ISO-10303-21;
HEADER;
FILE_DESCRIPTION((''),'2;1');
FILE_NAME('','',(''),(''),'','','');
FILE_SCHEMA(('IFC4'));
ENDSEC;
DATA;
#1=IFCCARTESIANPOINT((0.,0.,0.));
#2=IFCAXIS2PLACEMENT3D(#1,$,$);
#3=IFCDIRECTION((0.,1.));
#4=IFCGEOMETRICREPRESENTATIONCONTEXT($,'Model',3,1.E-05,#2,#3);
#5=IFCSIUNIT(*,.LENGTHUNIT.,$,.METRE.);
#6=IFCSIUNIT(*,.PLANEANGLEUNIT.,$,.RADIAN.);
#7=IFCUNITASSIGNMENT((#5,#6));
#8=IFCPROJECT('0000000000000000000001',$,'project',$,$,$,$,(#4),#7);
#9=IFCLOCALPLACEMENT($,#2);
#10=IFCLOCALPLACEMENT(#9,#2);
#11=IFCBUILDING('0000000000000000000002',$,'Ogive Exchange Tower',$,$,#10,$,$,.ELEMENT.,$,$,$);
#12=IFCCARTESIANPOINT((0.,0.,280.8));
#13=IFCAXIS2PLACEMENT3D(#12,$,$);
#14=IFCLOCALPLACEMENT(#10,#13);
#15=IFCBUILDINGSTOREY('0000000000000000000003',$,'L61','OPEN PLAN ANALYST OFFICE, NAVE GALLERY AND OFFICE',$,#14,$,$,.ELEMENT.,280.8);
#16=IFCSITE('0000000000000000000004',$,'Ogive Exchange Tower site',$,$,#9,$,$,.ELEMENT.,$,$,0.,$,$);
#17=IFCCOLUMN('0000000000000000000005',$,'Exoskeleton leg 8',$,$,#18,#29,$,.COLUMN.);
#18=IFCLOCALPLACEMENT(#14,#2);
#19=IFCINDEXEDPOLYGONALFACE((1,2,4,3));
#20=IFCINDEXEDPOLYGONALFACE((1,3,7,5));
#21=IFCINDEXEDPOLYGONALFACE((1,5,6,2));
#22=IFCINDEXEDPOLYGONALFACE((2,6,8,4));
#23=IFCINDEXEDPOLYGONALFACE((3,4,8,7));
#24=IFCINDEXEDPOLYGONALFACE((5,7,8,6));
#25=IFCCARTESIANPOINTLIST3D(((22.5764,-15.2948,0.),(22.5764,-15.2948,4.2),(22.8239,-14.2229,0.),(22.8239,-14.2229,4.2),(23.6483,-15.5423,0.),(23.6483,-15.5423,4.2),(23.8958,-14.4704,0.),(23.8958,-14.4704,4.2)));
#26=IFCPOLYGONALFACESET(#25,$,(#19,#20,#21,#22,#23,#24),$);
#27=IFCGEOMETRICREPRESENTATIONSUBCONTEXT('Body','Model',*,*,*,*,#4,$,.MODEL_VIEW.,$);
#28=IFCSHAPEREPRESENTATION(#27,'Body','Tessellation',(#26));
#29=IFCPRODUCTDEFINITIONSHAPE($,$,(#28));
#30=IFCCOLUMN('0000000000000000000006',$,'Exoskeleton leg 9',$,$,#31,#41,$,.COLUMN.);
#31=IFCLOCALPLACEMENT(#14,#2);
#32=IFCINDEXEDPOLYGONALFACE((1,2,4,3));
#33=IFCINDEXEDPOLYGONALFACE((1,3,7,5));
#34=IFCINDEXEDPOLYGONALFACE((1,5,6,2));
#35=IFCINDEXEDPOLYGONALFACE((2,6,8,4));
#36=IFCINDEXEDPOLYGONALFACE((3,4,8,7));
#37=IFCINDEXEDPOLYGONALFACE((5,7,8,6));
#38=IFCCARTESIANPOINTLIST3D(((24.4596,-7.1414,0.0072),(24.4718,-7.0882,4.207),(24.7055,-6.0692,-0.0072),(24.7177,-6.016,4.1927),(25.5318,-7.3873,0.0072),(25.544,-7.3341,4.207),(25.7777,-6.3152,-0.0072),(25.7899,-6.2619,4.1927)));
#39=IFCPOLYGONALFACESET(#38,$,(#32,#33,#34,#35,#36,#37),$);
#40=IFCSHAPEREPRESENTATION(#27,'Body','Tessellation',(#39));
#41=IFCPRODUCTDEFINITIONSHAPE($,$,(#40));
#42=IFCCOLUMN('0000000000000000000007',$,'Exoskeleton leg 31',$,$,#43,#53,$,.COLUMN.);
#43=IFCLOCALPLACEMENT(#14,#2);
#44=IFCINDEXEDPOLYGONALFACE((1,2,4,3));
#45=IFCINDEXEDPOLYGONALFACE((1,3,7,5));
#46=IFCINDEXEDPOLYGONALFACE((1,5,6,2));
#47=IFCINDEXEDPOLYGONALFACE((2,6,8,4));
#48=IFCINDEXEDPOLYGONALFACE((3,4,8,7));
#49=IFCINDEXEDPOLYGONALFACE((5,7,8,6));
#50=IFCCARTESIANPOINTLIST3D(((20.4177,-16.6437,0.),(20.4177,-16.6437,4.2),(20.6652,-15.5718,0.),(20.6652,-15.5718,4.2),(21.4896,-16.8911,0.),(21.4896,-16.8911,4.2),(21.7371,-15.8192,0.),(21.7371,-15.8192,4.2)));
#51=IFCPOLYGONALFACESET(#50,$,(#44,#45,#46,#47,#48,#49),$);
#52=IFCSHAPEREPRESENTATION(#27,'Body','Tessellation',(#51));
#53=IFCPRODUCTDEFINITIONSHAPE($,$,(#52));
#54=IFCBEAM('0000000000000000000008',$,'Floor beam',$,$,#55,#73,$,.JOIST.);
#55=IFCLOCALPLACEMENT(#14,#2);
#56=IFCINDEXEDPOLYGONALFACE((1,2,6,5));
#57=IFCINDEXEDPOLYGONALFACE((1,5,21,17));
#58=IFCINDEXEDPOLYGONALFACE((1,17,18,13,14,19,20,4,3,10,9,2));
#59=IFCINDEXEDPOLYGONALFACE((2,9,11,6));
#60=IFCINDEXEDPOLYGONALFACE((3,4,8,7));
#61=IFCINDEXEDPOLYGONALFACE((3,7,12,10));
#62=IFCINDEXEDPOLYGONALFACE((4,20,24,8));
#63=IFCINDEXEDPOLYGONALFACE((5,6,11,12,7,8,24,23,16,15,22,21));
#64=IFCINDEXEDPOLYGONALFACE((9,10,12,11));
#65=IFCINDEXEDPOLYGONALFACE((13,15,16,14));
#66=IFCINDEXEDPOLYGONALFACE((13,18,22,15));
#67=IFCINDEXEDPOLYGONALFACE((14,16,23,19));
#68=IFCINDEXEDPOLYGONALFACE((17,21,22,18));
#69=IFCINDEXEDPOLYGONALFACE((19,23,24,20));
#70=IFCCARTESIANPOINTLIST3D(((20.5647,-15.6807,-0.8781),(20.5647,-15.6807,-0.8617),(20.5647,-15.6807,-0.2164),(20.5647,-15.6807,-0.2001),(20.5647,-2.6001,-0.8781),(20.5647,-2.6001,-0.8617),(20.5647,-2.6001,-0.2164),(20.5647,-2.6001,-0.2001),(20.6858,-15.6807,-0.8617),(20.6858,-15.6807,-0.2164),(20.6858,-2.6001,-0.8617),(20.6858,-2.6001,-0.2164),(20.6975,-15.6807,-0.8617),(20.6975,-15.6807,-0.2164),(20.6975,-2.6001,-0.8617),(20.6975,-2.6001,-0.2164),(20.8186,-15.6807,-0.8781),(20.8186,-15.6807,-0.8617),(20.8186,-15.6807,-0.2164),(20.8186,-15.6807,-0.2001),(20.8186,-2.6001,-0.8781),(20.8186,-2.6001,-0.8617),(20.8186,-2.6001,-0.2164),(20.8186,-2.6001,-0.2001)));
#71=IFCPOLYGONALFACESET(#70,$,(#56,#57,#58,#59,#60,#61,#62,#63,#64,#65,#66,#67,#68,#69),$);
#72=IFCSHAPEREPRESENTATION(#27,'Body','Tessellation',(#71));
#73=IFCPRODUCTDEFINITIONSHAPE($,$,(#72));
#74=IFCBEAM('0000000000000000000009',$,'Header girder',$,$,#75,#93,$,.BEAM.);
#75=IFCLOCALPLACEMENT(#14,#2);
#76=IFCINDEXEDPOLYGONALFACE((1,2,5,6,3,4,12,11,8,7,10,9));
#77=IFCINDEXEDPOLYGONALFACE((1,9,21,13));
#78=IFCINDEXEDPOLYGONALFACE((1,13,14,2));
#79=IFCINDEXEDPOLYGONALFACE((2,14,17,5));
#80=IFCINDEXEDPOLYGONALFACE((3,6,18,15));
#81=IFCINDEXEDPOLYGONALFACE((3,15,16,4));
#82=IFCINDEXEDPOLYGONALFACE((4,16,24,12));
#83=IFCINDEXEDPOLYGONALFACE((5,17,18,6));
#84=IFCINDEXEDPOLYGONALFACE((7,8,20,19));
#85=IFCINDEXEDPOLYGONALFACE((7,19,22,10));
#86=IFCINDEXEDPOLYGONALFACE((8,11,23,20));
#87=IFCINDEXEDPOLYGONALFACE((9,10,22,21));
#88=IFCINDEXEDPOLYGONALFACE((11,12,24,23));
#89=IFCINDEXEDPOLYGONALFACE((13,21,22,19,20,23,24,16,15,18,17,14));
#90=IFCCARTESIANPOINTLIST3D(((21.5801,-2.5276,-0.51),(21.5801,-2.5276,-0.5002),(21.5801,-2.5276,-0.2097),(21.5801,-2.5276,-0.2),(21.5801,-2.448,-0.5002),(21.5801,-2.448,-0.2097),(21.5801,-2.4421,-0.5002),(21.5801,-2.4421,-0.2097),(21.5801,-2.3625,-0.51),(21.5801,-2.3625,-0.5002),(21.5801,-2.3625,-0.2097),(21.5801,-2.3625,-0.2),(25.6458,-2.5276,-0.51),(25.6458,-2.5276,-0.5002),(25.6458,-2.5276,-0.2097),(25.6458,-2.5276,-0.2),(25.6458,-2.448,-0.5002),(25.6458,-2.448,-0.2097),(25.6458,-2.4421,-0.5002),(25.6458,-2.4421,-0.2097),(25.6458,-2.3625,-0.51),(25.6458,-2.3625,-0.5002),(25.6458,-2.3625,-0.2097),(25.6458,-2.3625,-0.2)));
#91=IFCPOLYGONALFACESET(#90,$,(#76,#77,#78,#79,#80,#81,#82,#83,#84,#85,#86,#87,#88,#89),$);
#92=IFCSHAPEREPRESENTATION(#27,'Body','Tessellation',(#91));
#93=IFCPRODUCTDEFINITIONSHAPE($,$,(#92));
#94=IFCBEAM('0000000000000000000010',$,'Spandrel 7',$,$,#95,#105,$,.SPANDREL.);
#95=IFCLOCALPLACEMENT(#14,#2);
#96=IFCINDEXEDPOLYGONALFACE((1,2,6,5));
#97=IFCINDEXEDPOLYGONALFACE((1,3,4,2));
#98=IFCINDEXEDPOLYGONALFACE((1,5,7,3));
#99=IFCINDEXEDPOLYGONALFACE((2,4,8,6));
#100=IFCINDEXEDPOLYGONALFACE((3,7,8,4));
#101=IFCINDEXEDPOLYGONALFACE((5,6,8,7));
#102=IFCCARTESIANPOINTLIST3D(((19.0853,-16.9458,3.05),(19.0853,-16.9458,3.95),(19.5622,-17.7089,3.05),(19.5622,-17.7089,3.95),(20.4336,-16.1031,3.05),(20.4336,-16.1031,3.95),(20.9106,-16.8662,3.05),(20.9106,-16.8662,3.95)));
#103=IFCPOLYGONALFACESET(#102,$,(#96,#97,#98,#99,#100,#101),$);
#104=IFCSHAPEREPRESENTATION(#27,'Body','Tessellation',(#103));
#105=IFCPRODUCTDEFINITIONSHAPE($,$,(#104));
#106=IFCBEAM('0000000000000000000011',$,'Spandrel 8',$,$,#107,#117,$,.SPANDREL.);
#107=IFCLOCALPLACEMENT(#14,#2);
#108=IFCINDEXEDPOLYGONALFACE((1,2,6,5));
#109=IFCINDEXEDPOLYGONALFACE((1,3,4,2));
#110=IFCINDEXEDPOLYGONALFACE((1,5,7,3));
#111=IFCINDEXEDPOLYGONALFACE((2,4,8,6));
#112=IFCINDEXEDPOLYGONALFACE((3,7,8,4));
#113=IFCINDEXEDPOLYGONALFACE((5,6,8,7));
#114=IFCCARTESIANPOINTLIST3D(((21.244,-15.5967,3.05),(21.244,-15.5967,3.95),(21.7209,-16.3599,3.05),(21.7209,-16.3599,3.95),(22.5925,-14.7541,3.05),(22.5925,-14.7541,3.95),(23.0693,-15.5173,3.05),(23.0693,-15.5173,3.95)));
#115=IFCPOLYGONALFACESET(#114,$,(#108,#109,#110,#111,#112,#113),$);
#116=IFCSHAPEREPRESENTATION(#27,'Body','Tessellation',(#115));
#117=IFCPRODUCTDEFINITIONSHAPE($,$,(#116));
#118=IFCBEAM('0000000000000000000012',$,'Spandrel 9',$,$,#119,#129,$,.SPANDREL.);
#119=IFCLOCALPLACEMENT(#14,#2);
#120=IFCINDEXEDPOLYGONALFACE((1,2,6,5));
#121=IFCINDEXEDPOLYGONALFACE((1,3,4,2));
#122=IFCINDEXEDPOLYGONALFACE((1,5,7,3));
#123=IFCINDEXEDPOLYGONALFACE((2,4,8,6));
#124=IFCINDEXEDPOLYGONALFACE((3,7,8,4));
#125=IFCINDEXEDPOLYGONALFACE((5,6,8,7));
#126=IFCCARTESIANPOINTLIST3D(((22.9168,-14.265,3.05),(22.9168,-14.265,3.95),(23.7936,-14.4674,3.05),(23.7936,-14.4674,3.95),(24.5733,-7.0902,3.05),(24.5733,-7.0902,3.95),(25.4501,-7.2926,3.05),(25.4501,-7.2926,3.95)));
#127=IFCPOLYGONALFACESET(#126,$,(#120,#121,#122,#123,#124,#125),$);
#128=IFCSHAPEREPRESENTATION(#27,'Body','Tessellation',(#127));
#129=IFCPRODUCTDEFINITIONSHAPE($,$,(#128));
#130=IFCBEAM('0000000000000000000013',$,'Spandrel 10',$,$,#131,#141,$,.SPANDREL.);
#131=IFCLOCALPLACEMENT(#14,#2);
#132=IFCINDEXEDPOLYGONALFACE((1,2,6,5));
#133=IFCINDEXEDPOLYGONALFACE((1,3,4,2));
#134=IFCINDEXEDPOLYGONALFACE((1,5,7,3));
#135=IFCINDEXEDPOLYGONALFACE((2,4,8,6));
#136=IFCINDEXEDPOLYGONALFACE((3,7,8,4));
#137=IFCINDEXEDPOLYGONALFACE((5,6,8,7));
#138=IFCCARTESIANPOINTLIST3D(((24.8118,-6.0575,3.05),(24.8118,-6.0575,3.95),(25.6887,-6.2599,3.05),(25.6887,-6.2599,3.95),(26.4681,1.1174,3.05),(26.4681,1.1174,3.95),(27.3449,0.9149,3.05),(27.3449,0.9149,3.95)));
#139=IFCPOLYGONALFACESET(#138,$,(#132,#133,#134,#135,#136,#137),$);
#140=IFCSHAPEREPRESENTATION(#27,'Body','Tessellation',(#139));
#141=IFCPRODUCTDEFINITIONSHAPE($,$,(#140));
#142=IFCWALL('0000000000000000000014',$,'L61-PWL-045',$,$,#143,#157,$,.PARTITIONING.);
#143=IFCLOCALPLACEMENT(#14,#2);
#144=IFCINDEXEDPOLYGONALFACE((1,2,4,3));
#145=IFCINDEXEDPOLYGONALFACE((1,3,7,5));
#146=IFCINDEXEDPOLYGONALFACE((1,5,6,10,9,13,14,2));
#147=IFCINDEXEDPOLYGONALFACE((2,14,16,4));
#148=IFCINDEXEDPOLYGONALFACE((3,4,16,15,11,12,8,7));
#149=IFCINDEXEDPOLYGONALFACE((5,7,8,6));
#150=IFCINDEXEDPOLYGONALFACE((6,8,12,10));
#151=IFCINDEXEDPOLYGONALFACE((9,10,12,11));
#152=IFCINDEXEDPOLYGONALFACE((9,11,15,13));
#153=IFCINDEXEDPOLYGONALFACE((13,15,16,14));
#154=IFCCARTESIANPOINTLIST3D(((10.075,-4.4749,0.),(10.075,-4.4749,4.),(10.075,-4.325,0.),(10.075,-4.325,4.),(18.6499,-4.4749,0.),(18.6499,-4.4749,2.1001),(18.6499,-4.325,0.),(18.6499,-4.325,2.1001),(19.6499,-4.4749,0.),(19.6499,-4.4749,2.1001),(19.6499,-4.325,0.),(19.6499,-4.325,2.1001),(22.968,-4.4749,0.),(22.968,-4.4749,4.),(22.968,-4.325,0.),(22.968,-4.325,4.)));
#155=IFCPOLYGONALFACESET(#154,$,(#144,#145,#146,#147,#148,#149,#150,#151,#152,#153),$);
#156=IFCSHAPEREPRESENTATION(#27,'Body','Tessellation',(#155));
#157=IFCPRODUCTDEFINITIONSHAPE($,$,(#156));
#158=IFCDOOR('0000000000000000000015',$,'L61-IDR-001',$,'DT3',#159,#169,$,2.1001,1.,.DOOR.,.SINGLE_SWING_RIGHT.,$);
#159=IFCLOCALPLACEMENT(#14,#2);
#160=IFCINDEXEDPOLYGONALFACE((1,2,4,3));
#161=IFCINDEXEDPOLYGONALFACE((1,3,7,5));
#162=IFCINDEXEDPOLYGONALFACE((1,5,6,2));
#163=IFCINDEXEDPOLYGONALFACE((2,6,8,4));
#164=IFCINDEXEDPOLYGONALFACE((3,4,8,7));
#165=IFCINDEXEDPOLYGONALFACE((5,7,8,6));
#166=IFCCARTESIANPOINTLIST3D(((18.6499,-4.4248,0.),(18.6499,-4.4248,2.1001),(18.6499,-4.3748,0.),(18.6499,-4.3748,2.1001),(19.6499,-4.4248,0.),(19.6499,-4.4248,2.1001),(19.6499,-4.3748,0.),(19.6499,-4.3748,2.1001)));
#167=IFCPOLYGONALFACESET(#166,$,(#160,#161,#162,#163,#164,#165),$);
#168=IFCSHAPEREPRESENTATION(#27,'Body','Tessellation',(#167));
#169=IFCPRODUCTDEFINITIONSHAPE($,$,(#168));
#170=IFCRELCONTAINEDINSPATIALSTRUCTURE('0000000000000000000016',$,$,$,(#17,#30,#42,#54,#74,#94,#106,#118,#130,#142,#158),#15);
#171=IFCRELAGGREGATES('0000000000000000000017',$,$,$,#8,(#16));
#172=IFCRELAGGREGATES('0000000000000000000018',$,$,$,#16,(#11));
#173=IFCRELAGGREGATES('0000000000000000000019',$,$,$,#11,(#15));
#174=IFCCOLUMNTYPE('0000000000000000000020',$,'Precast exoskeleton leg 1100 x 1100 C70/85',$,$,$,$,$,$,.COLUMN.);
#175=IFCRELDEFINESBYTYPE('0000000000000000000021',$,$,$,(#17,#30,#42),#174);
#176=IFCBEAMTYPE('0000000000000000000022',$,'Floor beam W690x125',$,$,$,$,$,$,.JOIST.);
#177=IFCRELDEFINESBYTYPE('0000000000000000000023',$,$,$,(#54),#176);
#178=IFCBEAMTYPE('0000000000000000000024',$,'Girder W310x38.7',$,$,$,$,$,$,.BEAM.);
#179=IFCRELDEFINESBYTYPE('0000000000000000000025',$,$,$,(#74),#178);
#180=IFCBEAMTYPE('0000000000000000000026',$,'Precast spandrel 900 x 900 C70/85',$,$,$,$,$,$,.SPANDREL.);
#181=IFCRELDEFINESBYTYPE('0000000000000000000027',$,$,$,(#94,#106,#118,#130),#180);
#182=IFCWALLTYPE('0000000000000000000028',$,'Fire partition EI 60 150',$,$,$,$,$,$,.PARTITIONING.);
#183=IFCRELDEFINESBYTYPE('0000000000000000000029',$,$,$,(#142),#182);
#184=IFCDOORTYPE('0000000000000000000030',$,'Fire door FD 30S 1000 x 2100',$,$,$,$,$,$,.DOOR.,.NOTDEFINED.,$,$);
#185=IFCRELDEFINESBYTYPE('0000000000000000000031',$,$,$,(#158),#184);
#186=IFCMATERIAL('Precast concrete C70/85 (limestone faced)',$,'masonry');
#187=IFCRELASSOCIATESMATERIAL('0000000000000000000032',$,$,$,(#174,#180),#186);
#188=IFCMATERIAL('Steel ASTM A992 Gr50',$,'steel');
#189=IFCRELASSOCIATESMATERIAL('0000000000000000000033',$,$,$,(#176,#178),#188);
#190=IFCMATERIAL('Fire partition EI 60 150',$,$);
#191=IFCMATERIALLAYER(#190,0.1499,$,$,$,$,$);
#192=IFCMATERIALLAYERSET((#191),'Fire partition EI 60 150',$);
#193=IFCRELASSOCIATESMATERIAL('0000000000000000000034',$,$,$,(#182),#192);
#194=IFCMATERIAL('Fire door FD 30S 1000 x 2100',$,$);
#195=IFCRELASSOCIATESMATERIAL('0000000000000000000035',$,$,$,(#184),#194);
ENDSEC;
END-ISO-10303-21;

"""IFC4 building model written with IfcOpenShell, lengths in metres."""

from ifc_helpers import new_model, si_unit, direction, frame, frame_2d, origin, origin_2d, place, context, subcontext, project, spatial, rectangle, i_section, extrude, material, layer, layer_set, material_profile, profile_set, type_object, element, fill, save


model = new_model("IFC4")

# Units and contexts
model_context = context("Model", 3, precision=1e-05, world=origin(), true_north=direction((0.0, 1.0)))
body_context = subcontext(model_context, "Body", "Model", "MODEL_VIEW")
ifc_project = project(units=[si_unit("LENGTHUNIT", "METRE"), si_unit("PLANEANGLEUNIT", "RADIAN")], contexts=[model_context])

# Site, building, storey
site_placement = place(None, origin())
site = spatial("IfcSite", under=ifc_project, at=site_placement, Name="Ogive Exchange Tower site", CompositionType="ELEMENT", RefElevation=0.0)
building_placement = place(site_placement, origin())
building = spatial("IfcBuilding", under=site, at=building_placement, Name="Ogive Exchange Tower", CompositionType="ELEMENT")
storey_placement = place(building_placement, frame((0.0, 0.0, 280.8)))
storey = spatial("IfcBuildingStorey", under=building, at=storey_placement, Name="L61", Description="OPEN PLAN ANALYST OFFICE, NAVE GALLERY AND OFFICE", CompositionType="ELEMENT", Elevation=280.8)

# Columns
ifc_material_1 = material(Name="Precast concrete C70/85 (limestone faced)", Category="masonry")
ifc_material_profile_1 = material_profile(ifc_material_1, rectangle(XDim=1.1001, YDim=1.1001, at=origin_2d()), Name="1100 x 1100")
ifc_profile_set_1 = profile_set([ifc_material_profile_1], Name="Precast concrete C70/85 (limestone faced)")
column_type = type_object("IfcColumnType", Name="Precast exoskeleton leg 1100 x 1100 C70/85", PredefinedType="COLUMN", material=ifc_profile_set_1)
column_1_placement = place(storey_placement, frame((23.2361, -14.8826, 0.0), z_axis=(0.0, 0.0, 1.0), x_axis=(0.97437, -0.224951, 0.0)))
element("IfcColumn", 1, at=column_1_placement, inside=storey, type_object=column_type, Name="Exoskeleton leg 8", PredefinedType="COLUMN", context=body_context, shape_type="SweptSolid", body=[
    extrude(rectangle(XDim=1.1001, YDim=1.1001, at=origin_2d()), origin(), (0.0, 0.0, 1.0), 4.2),
])
column_2_placement = place(storey_placement, frame((25.1187, -6.7283, 0.0), z_axis=(0.002906, 0.012671, 0.999915), x_axis=(-0.974692, 0.223553, 0.0)))
element("IfcColumn", 2, at=column_2_placement, inside=storey, type_object=column_type, Name="Exoskeleton leg 9", PredefinedType="COLUMN", context=body_context, shape_type="SweptSolid", body=[
    extrude(rectangle(XDim=1.1001, YDim=1.1001, at=origin_2d()), origin(), (0.0, 0.0, 1.0), 4.2002),
])
column_3_placement = place(storey_placement, frame((21.0774, -16.2314, 0.0), z_axis=(0.0, 0.0, 1.0), x_axis=(0.97437, -0.224951, 0.0)))
element("IfcColumn", 3, at=column_3_placement, inside=storey, type_object=column_type, Name="Exoskeleton leg 31", PredefinedType="COLUMN", context=body_context, shape_type="SweptSolid", body=[
    extrude(rectangle(XDim=1.1001, YDim=1.1001, at=origin_2d()), origin(), (0.0, 0.0, 1.0), 4.2),
])

# Beams
ifc_material_2 = material(Name="Steel ASTM A992 Gr50", Category="steel")
ifc_material_profile_2 = material_profile(ifc_material_2, i_section(OverallWidth=0.2539, OverallDepth=0.678, WebThickness=0.0117, FlangeThickness=0.0164, at=origin_2d()), Name="W690x125")
ifc_profile_set_2 = profile_set([ifc_material_profile_2], Name="Steel ASTM A992 Gr50")
beam_type_1 = type_object("IfcBeamType", Name="Floor beam W690x125", PredefinedType="JOIST", material=ifc_profile_set_2)
beam_1_placement = place(storey_placement, frame((20.6917, -15.6807, -0.5391), z_axis=(0.0, 1.0, 0.0), x_axis=(-1.0, 0.0, 0.0)))
element("IfcBeam", 4, at=beam_1_placement, inside=storey, type_object=beam_type_1, Name="Floor beam", PredefinedType="JOIST", context=body_context, shape_type="SweptSolid", body=[
    extrude(i_section(OverallWidth=0.2539, OverallDepth=0.678, WebThickness=0.0117, FlangeThickness=0.0164, at=origin_2d()), origin(), (0.0, 0.0, 1.0), 13.0806),
])
ifc_material_profile_3 = material_profile(ifc_material_2, i_section(OverallWidth=0.165, OverallDepth=0.3101, WebThickness=0.0059, FlangeThickness=0.0098, at=origin_2d()), Name="W310x38.7")
ifc_profile_set_3 = profile_set([ifc_material_profile_3], Name="Steel ASTM A992 Gr50")
beam_type_2 = type_object("IfcBeamType", Name="Girder W310x38.7", PredefinedType="BEAM", material=ifc_profile_set_3)
beam_2_placement = place(storey_placement, frame((21.5801, -2.4451, -0.355), z_axis=(1.0, 0.0, 0.0), x_axis=(0.0, 1.0, 0.0)))
element("IfcBeam", 5, at=beam_2_placement, inside=storey, type_object=beam_type_2, Name="Header girder", PredefinedType="BEAM", context=body_context, shape_type="SweptSolid", body=[
    extrude(i_section(OverallWidth=0.165, OverallDepth=0.3101, WebThickness=0.0059, FlangeThickness=0.0098, at=origin_2d()), origin(), (0.0, 0.0, 1.0), 4.0657),
])
ifc_material_profile_4 = material_profile(ifc_material_1, rectangle(XDim=0.8999, YDim=0.8999, at=origin_2d()), Name="900 x 900")
ifc_profile_set_4 = profile_set([ifc_material_profile_4], Name="Precast concrete C70/85 (limestone faced)")
beam_type_3 = type_object("IfcBeamType", Name="Precast spandrel 900 x 900 C70/85", PredefinedType="SPANDREL", material=ifc_profile_set_4)
for number, where, z_axis, x_axis, name in (
    (6, (19.3237, -17.3274, 3.5), (0.84799, 0.530013, 0.0), (-0.530013, 0.84799, 0.0), "Spandrel 7"),
    (7, (21.4824, -15.9783, 3.5), (0.848059, 0.529902, 0.0), (-0.529902, 0.848059, 0.0), "Spandrel 8"),
):
    element("IfcBeam", number, at=place(storey_placement, frame(where, z_axis=z_axis, x_axis=x_axis)), inside=storey, type_object=beam_type_3, Name=name, PredefinedType="SPANDREL", context=body_context, shape_type="SweptSolid", body=[
        extrude(rectangle(XDim=0.8999, YDim=0.8999, at=origin_2d()), origin(), (0.0, 0.0, 1.0), 1.5901),
    ])
for number, where, z_axis, x_axis, name in (
    (8, (23.3552, -14.3662, 3.5), (0.224959, 0.974368, 0.0), (-0.974368, 0.224959, 0.0), "Spandrel 9"),
    (9, (25.2502, -6.1587, 3.5), (0.224927, 0.974376, 0.0), (-0.974376, 0.224927, 0.0), "Spandrel 10"),
):
    element("IfcBeam", number, at=place(storey_placement, frame(where, z_axis=z_axis, x_axis=x_axis)), inside=storey, type_object=beam_type_3, Name=name, PredefinedType="SPANDREL", context=body_context, shape_type="SweptSolid", body=[
        extrude(rectangle(XDim=0.8999, YDim=0.8999, at=origin_2d()), origin(), (0.0, 0.0, 1.0), 7.3635),
    ])

# Wall, opening, door
ifc_material_3 = material(Name="Fire partition EI 60 150")
ifc_layer_1 = layer(ifc_material_3, 0.1499)
ifc_layer_set_1 = layer_set([ifc_layer_1], Name="Fire partition EI 60 150")
wall_type_1 = type_object("IfcWallType", Name="Fire partition EI 60 150", PredefinedType="PARTITIONING", material=ifc_layer_set_1)
wall_1_placement = place(storey_placement, frame((22.968, -4.3999, 0.0), z_axis=(0.0, 0.0, 1.0), x_axis=(-1.0, 0.0, 0.0)))
wall_1 = element("IfcWall", 10, at=wall_1_placement, inside=storey, type_object=wall_type_1, Name="L61-PWL-045", PredefinedType="PARTITIONING", context=body_context, shape_type="SweptSolid", body=[
    extrude(rectangle(XDim=12.8931, YDim=0.1499, at=frame_2d((6.4465, 0.0))), origin(), (0.0, 0.0, 1.0), 4.0),
])
opening_1_placement = place(wall_1_placement, frame((3.3181, 0.0, 0.0)))
opening_1 = element("IfcOpeningElement", 11, at=opening_1_placement, cuts=wall_1, PredefinedType="OPENING", context=body_context, shape_type="SweptSolid", body=[
    extrude(rectangle(XDim=1.0, YDim=2.1001, at=frame_2d((0.5, 1.05))), frame((0.0, 0.085, 0.0), z_axis=(0.0, -1.0, 0.0), x_axis=(1.0, 0.0, 0.0)), (0.0, 0.0, 1.0), 0.1699),
])
ifc_material_4 = material(Name="Fire door FD 30S 1000 x 2100")
door_type_1 = type_object("IfcDoorType", Name="Fire door FD 30S 1000 x 2100", OperationType="NOTDEFINED", PredefinedType="DOOR", material=ifc_material_4)
door_1_placement = place(opening_1_placement, origin())
door_1 = element("IfcDoor", 12, at=door_1_placement, inside=storey, type_object=door_type_1, Name="L61-IDR-001", ObjectType="DT3", OperationType="SINGLE_SWING_RIGHT", OverallHeight=2.1001, OverallWidth=1.0, PredefinedType="DOOR", context=body_context, shape_type="SweptSolid", body=[
    extrude(rectangle(XDim=1.0, YDim=2.1001, at=frame_2d((0.5, 1.05))), frame((0.0, 0.0249, 0.0), z_axis=(0.0, -1.0, 0.0), x_axis=(1.0, 0.0, 0.0)), (0.0, 0.0, 1.0), 0.05),
])
fill(opening_1, door_1)

save(model, "model.ifc")
